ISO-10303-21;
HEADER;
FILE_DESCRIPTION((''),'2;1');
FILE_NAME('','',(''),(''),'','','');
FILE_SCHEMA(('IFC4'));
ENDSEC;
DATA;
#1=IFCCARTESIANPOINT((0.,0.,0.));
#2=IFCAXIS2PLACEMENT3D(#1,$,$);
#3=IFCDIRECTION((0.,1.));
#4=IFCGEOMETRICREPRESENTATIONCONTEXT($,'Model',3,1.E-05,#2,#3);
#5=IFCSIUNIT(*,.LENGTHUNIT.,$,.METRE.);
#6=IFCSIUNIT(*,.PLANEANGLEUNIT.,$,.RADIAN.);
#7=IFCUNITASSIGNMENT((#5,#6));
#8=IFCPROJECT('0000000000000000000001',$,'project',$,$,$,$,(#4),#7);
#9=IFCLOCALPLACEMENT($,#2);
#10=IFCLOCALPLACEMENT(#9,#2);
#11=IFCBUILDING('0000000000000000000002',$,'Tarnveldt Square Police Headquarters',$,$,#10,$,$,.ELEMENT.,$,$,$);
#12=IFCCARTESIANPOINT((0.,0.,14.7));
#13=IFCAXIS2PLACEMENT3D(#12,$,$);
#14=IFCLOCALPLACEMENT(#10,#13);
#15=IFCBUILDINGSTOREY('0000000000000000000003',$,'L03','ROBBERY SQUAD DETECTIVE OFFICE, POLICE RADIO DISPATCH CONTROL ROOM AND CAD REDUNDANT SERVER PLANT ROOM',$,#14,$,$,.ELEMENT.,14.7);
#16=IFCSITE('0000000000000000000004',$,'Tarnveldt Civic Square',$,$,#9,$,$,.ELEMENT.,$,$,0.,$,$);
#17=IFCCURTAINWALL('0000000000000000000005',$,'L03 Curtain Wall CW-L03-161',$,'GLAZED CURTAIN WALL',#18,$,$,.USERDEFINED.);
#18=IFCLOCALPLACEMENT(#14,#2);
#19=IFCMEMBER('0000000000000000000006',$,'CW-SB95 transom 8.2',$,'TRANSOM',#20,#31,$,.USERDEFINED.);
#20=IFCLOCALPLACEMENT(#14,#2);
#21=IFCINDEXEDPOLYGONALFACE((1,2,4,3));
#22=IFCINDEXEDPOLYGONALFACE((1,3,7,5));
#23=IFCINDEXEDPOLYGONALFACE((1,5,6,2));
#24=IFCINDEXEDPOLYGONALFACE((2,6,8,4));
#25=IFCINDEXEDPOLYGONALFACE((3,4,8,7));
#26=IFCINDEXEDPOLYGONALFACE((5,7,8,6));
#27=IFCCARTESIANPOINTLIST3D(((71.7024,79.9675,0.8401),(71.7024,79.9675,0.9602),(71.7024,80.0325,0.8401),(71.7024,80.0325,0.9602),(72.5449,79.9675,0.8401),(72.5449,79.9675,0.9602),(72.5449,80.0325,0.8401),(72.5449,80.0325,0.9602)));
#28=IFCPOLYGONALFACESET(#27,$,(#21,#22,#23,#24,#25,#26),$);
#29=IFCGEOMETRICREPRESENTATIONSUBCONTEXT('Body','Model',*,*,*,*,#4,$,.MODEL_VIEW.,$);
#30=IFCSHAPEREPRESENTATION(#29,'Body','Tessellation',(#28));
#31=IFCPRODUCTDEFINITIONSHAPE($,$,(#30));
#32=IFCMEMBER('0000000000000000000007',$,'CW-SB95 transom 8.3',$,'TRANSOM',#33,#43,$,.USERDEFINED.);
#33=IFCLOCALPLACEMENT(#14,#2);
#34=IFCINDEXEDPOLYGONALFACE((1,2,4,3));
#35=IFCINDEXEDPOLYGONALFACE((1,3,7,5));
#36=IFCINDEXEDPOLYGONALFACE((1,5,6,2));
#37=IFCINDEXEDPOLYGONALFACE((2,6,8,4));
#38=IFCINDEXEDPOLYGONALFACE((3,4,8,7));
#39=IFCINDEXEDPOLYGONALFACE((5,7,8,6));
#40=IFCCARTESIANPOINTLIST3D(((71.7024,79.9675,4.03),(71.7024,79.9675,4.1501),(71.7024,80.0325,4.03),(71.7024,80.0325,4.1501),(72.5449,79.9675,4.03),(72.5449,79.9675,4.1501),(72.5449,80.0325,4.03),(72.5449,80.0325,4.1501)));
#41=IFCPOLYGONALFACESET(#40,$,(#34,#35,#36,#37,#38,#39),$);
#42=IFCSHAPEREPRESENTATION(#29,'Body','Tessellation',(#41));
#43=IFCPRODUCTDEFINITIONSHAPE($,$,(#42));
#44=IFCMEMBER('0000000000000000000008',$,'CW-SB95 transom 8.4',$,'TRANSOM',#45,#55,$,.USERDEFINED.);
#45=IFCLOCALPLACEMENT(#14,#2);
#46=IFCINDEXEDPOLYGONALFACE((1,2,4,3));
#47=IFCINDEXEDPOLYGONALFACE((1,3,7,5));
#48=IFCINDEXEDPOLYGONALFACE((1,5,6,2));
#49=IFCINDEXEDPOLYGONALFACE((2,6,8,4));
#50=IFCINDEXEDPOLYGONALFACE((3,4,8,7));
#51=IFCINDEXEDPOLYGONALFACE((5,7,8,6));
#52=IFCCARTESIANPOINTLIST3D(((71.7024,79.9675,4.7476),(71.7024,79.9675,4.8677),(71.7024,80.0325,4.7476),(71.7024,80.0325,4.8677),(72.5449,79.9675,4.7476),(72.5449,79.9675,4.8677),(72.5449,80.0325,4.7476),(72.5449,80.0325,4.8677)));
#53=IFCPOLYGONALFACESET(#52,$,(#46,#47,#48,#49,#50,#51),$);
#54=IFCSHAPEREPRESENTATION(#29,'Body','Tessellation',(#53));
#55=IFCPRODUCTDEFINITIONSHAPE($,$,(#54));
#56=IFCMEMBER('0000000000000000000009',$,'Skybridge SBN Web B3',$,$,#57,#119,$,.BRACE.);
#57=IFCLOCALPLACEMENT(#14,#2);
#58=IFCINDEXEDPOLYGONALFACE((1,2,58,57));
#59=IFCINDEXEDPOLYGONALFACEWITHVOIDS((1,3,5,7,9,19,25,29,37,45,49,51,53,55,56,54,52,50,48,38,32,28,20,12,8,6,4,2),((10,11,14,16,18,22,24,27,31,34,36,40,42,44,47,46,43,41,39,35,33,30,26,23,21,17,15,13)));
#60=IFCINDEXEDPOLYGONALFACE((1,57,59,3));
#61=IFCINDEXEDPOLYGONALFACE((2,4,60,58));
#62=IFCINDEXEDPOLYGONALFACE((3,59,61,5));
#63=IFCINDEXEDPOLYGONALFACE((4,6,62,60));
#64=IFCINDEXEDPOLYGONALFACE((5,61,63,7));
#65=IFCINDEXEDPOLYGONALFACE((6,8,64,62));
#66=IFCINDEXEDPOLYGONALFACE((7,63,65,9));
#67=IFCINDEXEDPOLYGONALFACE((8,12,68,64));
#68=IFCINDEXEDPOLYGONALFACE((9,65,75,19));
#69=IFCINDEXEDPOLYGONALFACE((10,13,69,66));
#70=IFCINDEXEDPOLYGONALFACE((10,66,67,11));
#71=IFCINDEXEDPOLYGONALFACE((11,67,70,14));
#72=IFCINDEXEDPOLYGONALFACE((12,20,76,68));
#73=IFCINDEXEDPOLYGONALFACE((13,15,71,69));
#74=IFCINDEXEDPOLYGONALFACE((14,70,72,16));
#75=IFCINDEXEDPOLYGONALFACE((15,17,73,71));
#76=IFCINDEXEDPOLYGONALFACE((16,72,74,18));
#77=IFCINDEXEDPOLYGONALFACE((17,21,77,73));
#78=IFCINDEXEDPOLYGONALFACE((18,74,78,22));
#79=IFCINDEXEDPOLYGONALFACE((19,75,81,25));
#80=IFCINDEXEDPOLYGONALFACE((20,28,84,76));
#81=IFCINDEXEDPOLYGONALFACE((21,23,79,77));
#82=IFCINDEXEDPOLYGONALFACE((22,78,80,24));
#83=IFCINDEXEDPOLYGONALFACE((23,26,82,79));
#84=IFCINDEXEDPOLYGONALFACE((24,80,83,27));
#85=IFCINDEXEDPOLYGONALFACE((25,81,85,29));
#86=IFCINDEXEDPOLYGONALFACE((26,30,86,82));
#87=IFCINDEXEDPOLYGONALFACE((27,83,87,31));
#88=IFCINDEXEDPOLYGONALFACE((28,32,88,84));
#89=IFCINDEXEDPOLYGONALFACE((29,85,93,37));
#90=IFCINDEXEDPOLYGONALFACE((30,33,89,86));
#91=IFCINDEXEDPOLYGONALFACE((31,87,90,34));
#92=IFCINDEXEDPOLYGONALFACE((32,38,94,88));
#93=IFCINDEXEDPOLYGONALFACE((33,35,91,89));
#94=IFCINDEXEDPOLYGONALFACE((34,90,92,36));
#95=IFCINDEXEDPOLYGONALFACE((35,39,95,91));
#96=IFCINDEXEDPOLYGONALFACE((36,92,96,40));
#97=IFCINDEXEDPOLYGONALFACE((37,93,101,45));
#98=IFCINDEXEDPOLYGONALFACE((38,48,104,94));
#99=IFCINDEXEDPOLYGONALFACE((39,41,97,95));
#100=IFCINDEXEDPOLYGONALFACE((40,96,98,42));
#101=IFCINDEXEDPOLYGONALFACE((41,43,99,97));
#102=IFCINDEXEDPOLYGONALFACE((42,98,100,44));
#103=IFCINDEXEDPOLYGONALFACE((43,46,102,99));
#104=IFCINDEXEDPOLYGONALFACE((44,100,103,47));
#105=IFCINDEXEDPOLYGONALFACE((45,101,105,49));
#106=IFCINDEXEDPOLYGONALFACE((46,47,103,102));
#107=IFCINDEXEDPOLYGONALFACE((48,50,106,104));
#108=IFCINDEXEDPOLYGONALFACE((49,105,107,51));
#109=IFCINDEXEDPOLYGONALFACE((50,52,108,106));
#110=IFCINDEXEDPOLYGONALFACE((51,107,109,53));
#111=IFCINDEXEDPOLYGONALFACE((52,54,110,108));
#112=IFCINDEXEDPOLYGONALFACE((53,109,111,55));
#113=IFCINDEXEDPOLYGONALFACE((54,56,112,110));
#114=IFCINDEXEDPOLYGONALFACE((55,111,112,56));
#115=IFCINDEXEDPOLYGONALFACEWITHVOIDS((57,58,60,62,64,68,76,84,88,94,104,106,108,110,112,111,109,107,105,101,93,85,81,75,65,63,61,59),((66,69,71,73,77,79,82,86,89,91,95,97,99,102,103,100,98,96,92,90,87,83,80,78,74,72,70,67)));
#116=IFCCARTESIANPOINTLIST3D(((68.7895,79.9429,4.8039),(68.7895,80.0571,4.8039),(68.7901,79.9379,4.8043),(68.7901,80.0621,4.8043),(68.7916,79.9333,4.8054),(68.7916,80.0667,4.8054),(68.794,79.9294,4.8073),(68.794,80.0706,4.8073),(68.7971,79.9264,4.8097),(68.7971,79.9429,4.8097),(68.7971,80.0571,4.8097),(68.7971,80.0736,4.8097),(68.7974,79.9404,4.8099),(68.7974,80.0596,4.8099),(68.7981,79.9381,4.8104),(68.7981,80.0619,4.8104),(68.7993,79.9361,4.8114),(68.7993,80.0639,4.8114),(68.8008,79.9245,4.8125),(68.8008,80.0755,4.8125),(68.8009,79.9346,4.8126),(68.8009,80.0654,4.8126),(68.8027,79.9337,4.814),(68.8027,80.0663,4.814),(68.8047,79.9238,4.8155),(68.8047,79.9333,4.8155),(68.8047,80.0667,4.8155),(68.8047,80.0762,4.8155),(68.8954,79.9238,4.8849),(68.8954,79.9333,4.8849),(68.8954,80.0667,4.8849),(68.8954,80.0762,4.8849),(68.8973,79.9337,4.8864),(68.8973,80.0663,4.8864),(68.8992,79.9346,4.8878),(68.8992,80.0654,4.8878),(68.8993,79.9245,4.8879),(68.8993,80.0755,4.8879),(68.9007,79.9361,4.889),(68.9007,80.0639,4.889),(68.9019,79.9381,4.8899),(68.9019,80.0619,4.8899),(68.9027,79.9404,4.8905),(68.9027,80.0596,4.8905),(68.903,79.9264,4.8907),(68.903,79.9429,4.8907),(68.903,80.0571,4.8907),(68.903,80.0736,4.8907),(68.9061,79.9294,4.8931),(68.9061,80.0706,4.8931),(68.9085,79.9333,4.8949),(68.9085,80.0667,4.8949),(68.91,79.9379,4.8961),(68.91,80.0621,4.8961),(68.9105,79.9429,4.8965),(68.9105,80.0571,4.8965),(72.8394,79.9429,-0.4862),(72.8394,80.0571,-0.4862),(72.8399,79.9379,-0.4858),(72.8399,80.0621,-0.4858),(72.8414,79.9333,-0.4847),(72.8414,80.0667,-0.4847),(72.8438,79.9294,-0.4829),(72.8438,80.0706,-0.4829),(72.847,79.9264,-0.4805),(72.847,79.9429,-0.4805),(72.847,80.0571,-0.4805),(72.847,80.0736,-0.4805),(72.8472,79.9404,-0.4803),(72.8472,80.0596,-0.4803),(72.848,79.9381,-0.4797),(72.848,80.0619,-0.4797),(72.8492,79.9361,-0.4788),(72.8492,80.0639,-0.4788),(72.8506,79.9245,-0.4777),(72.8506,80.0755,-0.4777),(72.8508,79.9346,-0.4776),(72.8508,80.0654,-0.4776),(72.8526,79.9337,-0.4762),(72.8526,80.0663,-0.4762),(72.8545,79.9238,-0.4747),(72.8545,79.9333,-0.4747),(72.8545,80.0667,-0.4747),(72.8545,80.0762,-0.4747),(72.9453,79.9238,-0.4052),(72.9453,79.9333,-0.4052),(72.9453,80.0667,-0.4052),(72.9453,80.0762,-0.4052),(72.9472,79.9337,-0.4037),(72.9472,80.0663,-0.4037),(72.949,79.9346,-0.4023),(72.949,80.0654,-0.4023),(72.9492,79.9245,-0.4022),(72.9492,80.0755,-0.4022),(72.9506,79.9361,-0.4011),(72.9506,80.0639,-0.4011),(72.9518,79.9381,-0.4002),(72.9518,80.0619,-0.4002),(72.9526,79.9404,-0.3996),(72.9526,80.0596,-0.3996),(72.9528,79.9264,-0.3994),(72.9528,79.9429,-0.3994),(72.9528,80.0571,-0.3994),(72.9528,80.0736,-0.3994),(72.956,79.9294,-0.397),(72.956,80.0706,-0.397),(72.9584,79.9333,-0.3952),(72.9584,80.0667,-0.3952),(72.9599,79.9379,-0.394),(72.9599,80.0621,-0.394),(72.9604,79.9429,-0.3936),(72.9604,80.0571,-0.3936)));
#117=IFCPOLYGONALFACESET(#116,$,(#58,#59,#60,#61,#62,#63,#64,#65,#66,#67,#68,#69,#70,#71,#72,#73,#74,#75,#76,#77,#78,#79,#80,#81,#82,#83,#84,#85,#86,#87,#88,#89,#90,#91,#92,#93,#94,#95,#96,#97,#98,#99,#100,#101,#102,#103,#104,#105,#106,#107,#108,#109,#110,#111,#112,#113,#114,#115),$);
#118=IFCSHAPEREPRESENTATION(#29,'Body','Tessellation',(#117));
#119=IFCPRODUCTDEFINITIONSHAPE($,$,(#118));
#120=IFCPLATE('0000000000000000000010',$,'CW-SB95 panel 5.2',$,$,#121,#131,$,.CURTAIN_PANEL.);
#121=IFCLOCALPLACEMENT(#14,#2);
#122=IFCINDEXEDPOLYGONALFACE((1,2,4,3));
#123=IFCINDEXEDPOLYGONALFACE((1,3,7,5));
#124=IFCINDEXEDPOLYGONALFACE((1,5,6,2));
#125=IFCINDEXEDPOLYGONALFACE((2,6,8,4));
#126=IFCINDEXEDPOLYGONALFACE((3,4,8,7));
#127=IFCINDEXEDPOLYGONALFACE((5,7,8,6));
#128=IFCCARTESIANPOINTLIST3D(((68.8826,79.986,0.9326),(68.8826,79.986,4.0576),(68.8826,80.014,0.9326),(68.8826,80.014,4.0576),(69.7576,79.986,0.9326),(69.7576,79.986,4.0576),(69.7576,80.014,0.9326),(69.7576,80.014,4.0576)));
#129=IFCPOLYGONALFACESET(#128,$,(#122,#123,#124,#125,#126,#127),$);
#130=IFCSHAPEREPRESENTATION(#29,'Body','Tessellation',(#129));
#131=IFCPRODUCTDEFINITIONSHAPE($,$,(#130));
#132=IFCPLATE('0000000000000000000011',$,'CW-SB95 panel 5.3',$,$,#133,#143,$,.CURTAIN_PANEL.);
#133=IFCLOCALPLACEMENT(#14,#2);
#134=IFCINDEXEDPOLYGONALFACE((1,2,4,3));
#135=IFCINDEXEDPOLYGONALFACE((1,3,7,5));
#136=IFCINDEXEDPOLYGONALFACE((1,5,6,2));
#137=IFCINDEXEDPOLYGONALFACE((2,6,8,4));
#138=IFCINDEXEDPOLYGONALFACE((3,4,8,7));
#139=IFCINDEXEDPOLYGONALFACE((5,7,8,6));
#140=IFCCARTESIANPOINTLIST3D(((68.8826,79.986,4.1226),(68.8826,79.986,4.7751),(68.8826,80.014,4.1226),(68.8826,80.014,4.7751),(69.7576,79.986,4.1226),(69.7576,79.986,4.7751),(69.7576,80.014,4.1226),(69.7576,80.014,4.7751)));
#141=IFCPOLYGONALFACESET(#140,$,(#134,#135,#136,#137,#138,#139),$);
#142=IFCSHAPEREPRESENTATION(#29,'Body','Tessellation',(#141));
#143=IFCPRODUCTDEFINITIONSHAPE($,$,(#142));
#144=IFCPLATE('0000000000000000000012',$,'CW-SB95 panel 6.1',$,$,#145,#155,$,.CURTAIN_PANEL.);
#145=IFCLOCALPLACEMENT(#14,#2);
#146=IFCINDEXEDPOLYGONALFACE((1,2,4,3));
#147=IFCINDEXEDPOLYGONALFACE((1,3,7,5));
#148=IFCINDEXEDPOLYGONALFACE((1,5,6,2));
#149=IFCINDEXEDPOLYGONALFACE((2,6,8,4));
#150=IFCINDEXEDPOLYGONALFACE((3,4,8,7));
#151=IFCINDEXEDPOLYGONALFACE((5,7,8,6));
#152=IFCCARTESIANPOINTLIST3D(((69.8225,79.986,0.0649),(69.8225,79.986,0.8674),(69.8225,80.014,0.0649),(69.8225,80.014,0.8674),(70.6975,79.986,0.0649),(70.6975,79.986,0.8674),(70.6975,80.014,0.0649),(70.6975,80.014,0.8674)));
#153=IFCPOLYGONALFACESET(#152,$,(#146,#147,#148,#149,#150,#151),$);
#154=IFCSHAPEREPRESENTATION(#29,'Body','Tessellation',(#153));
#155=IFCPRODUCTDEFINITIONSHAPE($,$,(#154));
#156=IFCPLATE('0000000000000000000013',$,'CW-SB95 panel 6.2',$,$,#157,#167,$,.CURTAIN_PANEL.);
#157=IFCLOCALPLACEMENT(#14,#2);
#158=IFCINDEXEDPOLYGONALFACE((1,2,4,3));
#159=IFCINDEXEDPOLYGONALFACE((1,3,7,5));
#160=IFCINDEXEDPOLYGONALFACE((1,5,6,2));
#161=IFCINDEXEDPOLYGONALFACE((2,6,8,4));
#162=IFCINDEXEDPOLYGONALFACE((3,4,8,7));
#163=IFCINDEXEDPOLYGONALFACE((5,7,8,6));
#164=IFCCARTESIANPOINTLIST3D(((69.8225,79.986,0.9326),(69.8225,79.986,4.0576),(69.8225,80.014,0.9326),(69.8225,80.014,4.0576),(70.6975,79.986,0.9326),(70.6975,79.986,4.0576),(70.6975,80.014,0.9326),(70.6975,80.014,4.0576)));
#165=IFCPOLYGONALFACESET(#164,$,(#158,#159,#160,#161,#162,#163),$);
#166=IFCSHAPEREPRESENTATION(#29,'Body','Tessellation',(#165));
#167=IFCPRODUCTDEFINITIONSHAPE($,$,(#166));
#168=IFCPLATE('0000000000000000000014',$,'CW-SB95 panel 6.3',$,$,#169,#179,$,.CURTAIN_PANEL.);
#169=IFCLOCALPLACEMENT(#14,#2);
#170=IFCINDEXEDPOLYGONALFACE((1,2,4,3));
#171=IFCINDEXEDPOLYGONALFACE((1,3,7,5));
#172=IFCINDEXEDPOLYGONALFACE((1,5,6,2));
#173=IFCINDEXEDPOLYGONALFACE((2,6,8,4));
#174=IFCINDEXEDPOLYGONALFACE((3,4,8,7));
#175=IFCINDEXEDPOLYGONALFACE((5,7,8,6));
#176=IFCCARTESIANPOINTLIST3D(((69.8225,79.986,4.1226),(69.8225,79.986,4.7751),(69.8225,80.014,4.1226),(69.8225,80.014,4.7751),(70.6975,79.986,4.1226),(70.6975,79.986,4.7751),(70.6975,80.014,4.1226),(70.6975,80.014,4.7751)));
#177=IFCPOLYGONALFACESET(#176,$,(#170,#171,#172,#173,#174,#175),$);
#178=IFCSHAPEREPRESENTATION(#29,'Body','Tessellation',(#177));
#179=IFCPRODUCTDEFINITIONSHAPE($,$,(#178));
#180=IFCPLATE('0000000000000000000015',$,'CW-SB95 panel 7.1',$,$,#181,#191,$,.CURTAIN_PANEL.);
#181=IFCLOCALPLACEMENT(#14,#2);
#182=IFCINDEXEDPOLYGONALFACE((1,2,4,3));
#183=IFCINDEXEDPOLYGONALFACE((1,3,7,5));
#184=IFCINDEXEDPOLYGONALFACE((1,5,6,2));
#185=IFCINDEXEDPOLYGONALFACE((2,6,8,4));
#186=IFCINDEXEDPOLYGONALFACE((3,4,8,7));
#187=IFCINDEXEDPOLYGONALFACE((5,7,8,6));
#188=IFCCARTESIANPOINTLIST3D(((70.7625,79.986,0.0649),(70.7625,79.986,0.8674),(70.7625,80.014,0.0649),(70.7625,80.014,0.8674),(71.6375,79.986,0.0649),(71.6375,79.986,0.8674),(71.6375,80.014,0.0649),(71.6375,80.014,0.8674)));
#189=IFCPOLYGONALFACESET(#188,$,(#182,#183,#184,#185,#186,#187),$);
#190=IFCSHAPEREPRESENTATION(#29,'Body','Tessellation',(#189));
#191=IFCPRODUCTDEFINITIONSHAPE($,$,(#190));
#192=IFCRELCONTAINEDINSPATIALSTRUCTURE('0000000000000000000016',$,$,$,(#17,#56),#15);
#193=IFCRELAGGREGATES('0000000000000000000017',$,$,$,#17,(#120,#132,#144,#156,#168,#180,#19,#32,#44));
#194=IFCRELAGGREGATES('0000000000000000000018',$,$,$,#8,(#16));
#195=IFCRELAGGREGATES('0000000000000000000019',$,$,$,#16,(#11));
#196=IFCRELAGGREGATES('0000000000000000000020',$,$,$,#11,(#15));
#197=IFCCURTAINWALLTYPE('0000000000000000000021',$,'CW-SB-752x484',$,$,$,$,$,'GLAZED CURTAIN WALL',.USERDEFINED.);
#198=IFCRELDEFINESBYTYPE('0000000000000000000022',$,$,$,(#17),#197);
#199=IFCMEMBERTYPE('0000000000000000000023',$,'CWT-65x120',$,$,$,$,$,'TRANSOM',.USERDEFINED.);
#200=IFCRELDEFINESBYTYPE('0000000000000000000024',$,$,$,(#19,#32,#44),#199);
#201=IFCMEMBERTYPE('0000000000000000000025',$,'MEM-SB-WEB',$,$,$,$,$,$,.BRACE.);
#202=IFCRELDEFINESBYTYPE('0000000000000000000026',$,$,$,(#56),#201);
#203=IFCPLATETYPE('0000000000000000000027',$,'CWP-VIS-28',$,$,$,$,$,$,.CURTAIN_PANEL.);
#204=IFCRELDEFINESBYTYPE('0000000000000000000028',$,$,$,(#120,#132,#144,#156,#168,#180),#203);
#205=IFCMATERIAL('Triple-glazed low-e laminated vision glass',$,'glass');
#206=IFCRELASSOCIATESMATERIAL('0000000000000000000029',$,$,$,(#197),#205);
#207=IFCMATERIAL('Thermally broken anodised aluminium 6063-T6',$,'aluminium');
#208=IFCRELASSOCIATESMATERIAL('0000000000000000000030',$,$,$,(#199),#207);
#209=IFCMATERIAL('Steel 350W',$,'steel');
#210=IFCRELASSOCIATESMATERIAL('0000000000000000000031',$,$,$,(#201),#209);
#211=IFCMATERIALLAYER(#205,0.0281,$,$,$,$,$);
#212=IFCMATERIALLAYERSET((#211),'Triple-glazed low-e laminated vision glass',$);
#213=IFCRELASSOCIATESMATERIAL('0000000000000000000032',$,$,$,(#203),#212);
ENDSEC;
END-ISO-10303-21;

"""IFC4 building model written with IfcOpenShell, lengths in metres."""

from ifc_helpers import new_model, si_unit, direction, frame, origin, origin_2d, place, context, subcontext, project, spatial, rectangle, hollow_rectangle, extrude, material, layer, layer_set, material_profile, profile_set, type_object, element, aggregate, save


model = new_model("IFC4")

# Units and contexts
model_context = context("Model", 3, precision=1e-05, world=origin(), true_north=direction((0.0, 1.0)))
body_context = subcontext(model_context, "Body", "Model", "MODEL_VIEW")
ifc_project = project(units=[si_unit("LENGTHUNIT", "METRE"), si_unit("PLANEANGLEUNIT", "RADIAN")], contexts=[model_context])

# Site, building, storey
site_placement = place(None, origin())
site = spatial("IfcSite", under=ifc_project, at=site_placement, Name="Tarnveldt Civic Square", CompositionType="ELEMENT", RefElevation=0.0)
building_placement = place(site_placement, origin())
building = spatial("IfcBuilding", under=site, at=building_placement, Name="Tarnveldt Square Police Headquarters", CompositionType="ELEMENT")
storey_placement = place(building_placement, frame((0.0, 0.0, 14.7)))
storey = spatial("IfcBuildingStorey", under=building, at=storey_placement, Name="L03", Description="ROBBERY SQUAD DETECTIVE OFFICE, POLICE RADIO DISPATCH CONTROL ROOM AND CAD REDUNDANT SERVER PLANT ROOM", CompositionType="ELEMENT", Elevation=14.7)

# Curtain wall, members
ifc_material_1 = material(Name="Triple-glazed low-e laminated vision glass", Category="glass")
curtain_wall_type = type_object("IfcCurtainWallType", Name="CW-SB-752x484", ElementType="GLAZED CURTAIN WALL", PredefinedType="USERDEFINED", material=ifc_material_1)
curtain_wall_placement = place(storey_placement, origin())
curtain_wall = element("IfcCurtainWall", 1, at=curtain_wall_placement, inside=storey, type_object=curtain_wall_type, Name="L03 Curtain Wall CW-L03-161", ObjectType="GLAZED CURTAIN WALL", PredefinedType="USERDEFINED")
ifc_material_2 = material(Name="Thermally broken anodised aluminium 6063-T6", Category="aluminium")
ifc_material_profile_1 = material_profile(ifc_material_2, rectangle(XDim=0.0649, YDim=0.1201, at=origin_2d()), Name="CW-T65x120")
ifc_profile_set_1 = profile_set([ifc_material_profile_1], Name="Thermally broken anodised aluminium 6063-T6")
member_type_1 = type_object("IfcMemberType", Name="CWT-65x120", ElementType="TRANSOM", PredefinedType="USERDEFINED", material=ifc_profile_set_1)
member_1_placement = place(storey_placement, frame((71.7024, 80.0, 0.9001), z_axis=(1.0, 0.0, 0.0), x_axis=(0.0, 1.0, 0.0)))
member_1 = element("IfcMember", 2, at=member_1_placement, type_object=member_type_1, Name="CW-SB95 transom 8.2", ObjectType="TRANSOM", PredefinedType="USERDEFINED", context=body_context, shape_type="SweptSolid", body=[
    extrude(rectangle(XDim=0.0649, YDim=0.1201, at=origin_2d()), origin(), (0.0, 0.0, 1.0), 0.8425),
])
member_2_placement = place(storey_placement, frame((71.7024, 80.0, 4.0901), z_axis=(1.0, 0.0, 0.0), x_axis=(0.0, 1.0, 0.0)))
member_2 = element("IfcMember", 3, at=member_2_placement, type_object=member_type_1, Name="CW-SB95 transom 8.3", ObjectType="TRANSOM", PredefinedType="USERDEFINED", context=body_context, shape_type="SweptSolid", body=[
    extrude(rectangle(XDim=0.0649, YDim=0.1201, at=origin_2d()), origin(), (0.0, 0.0, 1.0), 0.8425),
])
member_3_placement = place(storey_placement, frame((71.7024, 80.0, 4.8076), z_axis=(1.0, 0.0, 0.0), x_axis=(0.0, 1.0, 0.0)))
member_3 = element("IfcMember", 4, at=member_3_placement, type_object=member_type_1, Name="CW-SB95 transom 8.4", ObjectType="TRANSOM", PredefinedType="USERDEFINED", context=body_context, shape_type="SweptSolid", body=[
    extrude(rectangle(XDim=0.0649, YDim=0.1201, at=origin_2d()), origin(), (0.0, 0.0, 1.0), 0.8425),
])

# Member
ifc_material_3 = material(Name="Steel 350W", Category="steel")
ifc_material_profile_2 = material_profile(ifc_material_3, hollow_rectangle(XDim=0.1523, YDim=0.1523, WallThickness=0.0095, InnerFilletRadius=0.0095, OuterFilletRadius=0.019, at=origin_2d()), Name="HSS152x152x9.5")
ifc_profile_set_2 = profile_set([ifc_material_profile_2], Name="Steel 350W")
member_type_2 = type_object("IfcMemberType", Name="MEM-SB-WEB", PredefinedType="BRACE", material=ifc_profile_set_2)
member_4_placement = place(storey_placement, frame((72.8999, 80.0, -0.4399), z_axis=(-0.607874, 0.0, 0.794033), x_axis=(0.0, -1.0, 0.0)))
element("IfcMember", 5, at=member_4_placement, inside=storey, type_object=member_type_2, Name="Skybridge SBN Web B3", PredefinedType="BRACE", context=body_context, shape_type="SweptSolid", body=[
    extrude(hollow_rectangle(XDim=0.1523, YDim=0.1523, WallThickness=0.0095, InnerFilletRadius=0.0095, OuterFilletRadius=0.019, at=origin_2d()), origin(), (0.0, 0.0, 1.0), 6.6624),
])

# Plates
ifc_layer = layer(ifc_material_1, 0.0281)
ifc_layer_set = layer_set([ifc_layer], Name="Triple-glazed low-e laminated vision glass")
plate_type = type_object("IfcPlateType", Name="CWP-VIS-28", PredefinedType="CURTAIN_PANEL", material=ifc_layer_set)
plate_1_placement = place(storey_placement, frame((69.3201, 80.0, 0.9326), z_axis=(0.0, 0.0, 1.0), x_axis=(1.0, 0.0, 0.0)))
plate_1 = element("IfcPlate", 6, at=plate_1_placement, type_object=plate_type, Name="CW-SB95 panel 5.2", PredefinedType="CURTAIN_PANEL", context=body_context, shape_type="SweptSolid", body=[
    extrude(rectangle(XDim=0.875, YDim=0.0281, at=origin_2d()), origin(), (0.0, 0.0, 1.0), 3.125),
])
plate_2_placement = place(storey_placement, frame((69.3201, 80.0, 4.1226), z_axis=(0.0, 0.0, 1.0), x_axis=(1.0, 0.0, 0.0)))
plate_2 = element("IfcPlate", 7, at=plate_2_placement, type_object=plate_type, Name="CW-SB95 panel 5.3", PredefinedType="CURTAIN_PANEL", context=body_context, shape_type="SweptSolid", body=[
    extrude(rectangle(XDim=0.875, YDim=0.0281, at=origin_2d()), origin(), (0.0, 0.0, 1.0), 0.6526),
])
plate_3_placement = place(storey_placement, frame((70.26, 80.0, 0.0649), z_axis=(0.0, 0.0, 1.0), x_axis=(1.0, 0.0, 0.0)))
plate_3 = element("IfcPlate", 8, at=plate_3_placement, type_object=plate_type, Name="CW-SB95 panel 6.1", PredefinedType="CURTAIN_PANEL", context=body_context, shape_type="SweptSolid", body=[
    extrude(rectangle(XDim=0.875, YDim=0.0281, at=origin_2d()), origin(), (0.0, 0.0, 1.0), 0.8025),
])
plate_4_placement = place(storey_placement, frame((70.26, 80.0, 0.9326), z_axis=(0.0, 0.0, 1.0), x_axis=(1.0, 0.0, 0.0)))
plate_4 = element("IfcPlate", 9, at=plate_4_placement, type_object=plate_type, Name="CW-SB95 panel 6.2", PredefinedType="CURTAIN_PANEL", context=body_context, shape_type="SweptSolid", body=[
    extrude(rectangle(XDim=0.875, YDim=0.0281, at=origin_2d()), origin(), (0.0, 0.0, 1.0), 3.125),
])
plate_5_placement = place(storey_placement, frame((70.26, 80.0, 4.1226), z_axis=(0.0, 0.0, 1.0), x_axis=(1.0, 0.0, 0.0)))
plate_5 = element("IfcPlate", 10, at=plate_5_placement, type_object=plate_type, Name="CW-SB95 panel 6.3", PredefinedType="CURTAIN_PANEL", context=body_context, shape_type="SweptSolid", body=[
    extrude(rectangle(XDim=0.875, YDim=0.0281, at=origin_2d()), origin(), (0.0, 0.0, 1.0), 0.6526),
])
plate_6_placement = place(storey_placement, frame((71.2, 80.0, 0.0649), z_axis=(0.0, 0.0, 1.0), x_axis=(1.0, 0.0, 0.0)))
plate_6 = element("IfcPlate", 11, at=plate_6_placement, type_object=plate_type, Name="CW-SB95 panel 7.1", PredefinedType="CURTAIN_PANEL", context=body_context, shape_type="SweptSolid", body=[
    extrude(rectangle(XDim=0.875, YDim=0.0281, at=origin_2d()), origin(), (0.0, 0.0, 1.0), 0.8025),
])
aggregate(curtain_wall, [plate_1, plate_2, plate_3, plate_4, plate_5, plate_6, member_1, member_2, member_3])

save(model, "model.ifc")
